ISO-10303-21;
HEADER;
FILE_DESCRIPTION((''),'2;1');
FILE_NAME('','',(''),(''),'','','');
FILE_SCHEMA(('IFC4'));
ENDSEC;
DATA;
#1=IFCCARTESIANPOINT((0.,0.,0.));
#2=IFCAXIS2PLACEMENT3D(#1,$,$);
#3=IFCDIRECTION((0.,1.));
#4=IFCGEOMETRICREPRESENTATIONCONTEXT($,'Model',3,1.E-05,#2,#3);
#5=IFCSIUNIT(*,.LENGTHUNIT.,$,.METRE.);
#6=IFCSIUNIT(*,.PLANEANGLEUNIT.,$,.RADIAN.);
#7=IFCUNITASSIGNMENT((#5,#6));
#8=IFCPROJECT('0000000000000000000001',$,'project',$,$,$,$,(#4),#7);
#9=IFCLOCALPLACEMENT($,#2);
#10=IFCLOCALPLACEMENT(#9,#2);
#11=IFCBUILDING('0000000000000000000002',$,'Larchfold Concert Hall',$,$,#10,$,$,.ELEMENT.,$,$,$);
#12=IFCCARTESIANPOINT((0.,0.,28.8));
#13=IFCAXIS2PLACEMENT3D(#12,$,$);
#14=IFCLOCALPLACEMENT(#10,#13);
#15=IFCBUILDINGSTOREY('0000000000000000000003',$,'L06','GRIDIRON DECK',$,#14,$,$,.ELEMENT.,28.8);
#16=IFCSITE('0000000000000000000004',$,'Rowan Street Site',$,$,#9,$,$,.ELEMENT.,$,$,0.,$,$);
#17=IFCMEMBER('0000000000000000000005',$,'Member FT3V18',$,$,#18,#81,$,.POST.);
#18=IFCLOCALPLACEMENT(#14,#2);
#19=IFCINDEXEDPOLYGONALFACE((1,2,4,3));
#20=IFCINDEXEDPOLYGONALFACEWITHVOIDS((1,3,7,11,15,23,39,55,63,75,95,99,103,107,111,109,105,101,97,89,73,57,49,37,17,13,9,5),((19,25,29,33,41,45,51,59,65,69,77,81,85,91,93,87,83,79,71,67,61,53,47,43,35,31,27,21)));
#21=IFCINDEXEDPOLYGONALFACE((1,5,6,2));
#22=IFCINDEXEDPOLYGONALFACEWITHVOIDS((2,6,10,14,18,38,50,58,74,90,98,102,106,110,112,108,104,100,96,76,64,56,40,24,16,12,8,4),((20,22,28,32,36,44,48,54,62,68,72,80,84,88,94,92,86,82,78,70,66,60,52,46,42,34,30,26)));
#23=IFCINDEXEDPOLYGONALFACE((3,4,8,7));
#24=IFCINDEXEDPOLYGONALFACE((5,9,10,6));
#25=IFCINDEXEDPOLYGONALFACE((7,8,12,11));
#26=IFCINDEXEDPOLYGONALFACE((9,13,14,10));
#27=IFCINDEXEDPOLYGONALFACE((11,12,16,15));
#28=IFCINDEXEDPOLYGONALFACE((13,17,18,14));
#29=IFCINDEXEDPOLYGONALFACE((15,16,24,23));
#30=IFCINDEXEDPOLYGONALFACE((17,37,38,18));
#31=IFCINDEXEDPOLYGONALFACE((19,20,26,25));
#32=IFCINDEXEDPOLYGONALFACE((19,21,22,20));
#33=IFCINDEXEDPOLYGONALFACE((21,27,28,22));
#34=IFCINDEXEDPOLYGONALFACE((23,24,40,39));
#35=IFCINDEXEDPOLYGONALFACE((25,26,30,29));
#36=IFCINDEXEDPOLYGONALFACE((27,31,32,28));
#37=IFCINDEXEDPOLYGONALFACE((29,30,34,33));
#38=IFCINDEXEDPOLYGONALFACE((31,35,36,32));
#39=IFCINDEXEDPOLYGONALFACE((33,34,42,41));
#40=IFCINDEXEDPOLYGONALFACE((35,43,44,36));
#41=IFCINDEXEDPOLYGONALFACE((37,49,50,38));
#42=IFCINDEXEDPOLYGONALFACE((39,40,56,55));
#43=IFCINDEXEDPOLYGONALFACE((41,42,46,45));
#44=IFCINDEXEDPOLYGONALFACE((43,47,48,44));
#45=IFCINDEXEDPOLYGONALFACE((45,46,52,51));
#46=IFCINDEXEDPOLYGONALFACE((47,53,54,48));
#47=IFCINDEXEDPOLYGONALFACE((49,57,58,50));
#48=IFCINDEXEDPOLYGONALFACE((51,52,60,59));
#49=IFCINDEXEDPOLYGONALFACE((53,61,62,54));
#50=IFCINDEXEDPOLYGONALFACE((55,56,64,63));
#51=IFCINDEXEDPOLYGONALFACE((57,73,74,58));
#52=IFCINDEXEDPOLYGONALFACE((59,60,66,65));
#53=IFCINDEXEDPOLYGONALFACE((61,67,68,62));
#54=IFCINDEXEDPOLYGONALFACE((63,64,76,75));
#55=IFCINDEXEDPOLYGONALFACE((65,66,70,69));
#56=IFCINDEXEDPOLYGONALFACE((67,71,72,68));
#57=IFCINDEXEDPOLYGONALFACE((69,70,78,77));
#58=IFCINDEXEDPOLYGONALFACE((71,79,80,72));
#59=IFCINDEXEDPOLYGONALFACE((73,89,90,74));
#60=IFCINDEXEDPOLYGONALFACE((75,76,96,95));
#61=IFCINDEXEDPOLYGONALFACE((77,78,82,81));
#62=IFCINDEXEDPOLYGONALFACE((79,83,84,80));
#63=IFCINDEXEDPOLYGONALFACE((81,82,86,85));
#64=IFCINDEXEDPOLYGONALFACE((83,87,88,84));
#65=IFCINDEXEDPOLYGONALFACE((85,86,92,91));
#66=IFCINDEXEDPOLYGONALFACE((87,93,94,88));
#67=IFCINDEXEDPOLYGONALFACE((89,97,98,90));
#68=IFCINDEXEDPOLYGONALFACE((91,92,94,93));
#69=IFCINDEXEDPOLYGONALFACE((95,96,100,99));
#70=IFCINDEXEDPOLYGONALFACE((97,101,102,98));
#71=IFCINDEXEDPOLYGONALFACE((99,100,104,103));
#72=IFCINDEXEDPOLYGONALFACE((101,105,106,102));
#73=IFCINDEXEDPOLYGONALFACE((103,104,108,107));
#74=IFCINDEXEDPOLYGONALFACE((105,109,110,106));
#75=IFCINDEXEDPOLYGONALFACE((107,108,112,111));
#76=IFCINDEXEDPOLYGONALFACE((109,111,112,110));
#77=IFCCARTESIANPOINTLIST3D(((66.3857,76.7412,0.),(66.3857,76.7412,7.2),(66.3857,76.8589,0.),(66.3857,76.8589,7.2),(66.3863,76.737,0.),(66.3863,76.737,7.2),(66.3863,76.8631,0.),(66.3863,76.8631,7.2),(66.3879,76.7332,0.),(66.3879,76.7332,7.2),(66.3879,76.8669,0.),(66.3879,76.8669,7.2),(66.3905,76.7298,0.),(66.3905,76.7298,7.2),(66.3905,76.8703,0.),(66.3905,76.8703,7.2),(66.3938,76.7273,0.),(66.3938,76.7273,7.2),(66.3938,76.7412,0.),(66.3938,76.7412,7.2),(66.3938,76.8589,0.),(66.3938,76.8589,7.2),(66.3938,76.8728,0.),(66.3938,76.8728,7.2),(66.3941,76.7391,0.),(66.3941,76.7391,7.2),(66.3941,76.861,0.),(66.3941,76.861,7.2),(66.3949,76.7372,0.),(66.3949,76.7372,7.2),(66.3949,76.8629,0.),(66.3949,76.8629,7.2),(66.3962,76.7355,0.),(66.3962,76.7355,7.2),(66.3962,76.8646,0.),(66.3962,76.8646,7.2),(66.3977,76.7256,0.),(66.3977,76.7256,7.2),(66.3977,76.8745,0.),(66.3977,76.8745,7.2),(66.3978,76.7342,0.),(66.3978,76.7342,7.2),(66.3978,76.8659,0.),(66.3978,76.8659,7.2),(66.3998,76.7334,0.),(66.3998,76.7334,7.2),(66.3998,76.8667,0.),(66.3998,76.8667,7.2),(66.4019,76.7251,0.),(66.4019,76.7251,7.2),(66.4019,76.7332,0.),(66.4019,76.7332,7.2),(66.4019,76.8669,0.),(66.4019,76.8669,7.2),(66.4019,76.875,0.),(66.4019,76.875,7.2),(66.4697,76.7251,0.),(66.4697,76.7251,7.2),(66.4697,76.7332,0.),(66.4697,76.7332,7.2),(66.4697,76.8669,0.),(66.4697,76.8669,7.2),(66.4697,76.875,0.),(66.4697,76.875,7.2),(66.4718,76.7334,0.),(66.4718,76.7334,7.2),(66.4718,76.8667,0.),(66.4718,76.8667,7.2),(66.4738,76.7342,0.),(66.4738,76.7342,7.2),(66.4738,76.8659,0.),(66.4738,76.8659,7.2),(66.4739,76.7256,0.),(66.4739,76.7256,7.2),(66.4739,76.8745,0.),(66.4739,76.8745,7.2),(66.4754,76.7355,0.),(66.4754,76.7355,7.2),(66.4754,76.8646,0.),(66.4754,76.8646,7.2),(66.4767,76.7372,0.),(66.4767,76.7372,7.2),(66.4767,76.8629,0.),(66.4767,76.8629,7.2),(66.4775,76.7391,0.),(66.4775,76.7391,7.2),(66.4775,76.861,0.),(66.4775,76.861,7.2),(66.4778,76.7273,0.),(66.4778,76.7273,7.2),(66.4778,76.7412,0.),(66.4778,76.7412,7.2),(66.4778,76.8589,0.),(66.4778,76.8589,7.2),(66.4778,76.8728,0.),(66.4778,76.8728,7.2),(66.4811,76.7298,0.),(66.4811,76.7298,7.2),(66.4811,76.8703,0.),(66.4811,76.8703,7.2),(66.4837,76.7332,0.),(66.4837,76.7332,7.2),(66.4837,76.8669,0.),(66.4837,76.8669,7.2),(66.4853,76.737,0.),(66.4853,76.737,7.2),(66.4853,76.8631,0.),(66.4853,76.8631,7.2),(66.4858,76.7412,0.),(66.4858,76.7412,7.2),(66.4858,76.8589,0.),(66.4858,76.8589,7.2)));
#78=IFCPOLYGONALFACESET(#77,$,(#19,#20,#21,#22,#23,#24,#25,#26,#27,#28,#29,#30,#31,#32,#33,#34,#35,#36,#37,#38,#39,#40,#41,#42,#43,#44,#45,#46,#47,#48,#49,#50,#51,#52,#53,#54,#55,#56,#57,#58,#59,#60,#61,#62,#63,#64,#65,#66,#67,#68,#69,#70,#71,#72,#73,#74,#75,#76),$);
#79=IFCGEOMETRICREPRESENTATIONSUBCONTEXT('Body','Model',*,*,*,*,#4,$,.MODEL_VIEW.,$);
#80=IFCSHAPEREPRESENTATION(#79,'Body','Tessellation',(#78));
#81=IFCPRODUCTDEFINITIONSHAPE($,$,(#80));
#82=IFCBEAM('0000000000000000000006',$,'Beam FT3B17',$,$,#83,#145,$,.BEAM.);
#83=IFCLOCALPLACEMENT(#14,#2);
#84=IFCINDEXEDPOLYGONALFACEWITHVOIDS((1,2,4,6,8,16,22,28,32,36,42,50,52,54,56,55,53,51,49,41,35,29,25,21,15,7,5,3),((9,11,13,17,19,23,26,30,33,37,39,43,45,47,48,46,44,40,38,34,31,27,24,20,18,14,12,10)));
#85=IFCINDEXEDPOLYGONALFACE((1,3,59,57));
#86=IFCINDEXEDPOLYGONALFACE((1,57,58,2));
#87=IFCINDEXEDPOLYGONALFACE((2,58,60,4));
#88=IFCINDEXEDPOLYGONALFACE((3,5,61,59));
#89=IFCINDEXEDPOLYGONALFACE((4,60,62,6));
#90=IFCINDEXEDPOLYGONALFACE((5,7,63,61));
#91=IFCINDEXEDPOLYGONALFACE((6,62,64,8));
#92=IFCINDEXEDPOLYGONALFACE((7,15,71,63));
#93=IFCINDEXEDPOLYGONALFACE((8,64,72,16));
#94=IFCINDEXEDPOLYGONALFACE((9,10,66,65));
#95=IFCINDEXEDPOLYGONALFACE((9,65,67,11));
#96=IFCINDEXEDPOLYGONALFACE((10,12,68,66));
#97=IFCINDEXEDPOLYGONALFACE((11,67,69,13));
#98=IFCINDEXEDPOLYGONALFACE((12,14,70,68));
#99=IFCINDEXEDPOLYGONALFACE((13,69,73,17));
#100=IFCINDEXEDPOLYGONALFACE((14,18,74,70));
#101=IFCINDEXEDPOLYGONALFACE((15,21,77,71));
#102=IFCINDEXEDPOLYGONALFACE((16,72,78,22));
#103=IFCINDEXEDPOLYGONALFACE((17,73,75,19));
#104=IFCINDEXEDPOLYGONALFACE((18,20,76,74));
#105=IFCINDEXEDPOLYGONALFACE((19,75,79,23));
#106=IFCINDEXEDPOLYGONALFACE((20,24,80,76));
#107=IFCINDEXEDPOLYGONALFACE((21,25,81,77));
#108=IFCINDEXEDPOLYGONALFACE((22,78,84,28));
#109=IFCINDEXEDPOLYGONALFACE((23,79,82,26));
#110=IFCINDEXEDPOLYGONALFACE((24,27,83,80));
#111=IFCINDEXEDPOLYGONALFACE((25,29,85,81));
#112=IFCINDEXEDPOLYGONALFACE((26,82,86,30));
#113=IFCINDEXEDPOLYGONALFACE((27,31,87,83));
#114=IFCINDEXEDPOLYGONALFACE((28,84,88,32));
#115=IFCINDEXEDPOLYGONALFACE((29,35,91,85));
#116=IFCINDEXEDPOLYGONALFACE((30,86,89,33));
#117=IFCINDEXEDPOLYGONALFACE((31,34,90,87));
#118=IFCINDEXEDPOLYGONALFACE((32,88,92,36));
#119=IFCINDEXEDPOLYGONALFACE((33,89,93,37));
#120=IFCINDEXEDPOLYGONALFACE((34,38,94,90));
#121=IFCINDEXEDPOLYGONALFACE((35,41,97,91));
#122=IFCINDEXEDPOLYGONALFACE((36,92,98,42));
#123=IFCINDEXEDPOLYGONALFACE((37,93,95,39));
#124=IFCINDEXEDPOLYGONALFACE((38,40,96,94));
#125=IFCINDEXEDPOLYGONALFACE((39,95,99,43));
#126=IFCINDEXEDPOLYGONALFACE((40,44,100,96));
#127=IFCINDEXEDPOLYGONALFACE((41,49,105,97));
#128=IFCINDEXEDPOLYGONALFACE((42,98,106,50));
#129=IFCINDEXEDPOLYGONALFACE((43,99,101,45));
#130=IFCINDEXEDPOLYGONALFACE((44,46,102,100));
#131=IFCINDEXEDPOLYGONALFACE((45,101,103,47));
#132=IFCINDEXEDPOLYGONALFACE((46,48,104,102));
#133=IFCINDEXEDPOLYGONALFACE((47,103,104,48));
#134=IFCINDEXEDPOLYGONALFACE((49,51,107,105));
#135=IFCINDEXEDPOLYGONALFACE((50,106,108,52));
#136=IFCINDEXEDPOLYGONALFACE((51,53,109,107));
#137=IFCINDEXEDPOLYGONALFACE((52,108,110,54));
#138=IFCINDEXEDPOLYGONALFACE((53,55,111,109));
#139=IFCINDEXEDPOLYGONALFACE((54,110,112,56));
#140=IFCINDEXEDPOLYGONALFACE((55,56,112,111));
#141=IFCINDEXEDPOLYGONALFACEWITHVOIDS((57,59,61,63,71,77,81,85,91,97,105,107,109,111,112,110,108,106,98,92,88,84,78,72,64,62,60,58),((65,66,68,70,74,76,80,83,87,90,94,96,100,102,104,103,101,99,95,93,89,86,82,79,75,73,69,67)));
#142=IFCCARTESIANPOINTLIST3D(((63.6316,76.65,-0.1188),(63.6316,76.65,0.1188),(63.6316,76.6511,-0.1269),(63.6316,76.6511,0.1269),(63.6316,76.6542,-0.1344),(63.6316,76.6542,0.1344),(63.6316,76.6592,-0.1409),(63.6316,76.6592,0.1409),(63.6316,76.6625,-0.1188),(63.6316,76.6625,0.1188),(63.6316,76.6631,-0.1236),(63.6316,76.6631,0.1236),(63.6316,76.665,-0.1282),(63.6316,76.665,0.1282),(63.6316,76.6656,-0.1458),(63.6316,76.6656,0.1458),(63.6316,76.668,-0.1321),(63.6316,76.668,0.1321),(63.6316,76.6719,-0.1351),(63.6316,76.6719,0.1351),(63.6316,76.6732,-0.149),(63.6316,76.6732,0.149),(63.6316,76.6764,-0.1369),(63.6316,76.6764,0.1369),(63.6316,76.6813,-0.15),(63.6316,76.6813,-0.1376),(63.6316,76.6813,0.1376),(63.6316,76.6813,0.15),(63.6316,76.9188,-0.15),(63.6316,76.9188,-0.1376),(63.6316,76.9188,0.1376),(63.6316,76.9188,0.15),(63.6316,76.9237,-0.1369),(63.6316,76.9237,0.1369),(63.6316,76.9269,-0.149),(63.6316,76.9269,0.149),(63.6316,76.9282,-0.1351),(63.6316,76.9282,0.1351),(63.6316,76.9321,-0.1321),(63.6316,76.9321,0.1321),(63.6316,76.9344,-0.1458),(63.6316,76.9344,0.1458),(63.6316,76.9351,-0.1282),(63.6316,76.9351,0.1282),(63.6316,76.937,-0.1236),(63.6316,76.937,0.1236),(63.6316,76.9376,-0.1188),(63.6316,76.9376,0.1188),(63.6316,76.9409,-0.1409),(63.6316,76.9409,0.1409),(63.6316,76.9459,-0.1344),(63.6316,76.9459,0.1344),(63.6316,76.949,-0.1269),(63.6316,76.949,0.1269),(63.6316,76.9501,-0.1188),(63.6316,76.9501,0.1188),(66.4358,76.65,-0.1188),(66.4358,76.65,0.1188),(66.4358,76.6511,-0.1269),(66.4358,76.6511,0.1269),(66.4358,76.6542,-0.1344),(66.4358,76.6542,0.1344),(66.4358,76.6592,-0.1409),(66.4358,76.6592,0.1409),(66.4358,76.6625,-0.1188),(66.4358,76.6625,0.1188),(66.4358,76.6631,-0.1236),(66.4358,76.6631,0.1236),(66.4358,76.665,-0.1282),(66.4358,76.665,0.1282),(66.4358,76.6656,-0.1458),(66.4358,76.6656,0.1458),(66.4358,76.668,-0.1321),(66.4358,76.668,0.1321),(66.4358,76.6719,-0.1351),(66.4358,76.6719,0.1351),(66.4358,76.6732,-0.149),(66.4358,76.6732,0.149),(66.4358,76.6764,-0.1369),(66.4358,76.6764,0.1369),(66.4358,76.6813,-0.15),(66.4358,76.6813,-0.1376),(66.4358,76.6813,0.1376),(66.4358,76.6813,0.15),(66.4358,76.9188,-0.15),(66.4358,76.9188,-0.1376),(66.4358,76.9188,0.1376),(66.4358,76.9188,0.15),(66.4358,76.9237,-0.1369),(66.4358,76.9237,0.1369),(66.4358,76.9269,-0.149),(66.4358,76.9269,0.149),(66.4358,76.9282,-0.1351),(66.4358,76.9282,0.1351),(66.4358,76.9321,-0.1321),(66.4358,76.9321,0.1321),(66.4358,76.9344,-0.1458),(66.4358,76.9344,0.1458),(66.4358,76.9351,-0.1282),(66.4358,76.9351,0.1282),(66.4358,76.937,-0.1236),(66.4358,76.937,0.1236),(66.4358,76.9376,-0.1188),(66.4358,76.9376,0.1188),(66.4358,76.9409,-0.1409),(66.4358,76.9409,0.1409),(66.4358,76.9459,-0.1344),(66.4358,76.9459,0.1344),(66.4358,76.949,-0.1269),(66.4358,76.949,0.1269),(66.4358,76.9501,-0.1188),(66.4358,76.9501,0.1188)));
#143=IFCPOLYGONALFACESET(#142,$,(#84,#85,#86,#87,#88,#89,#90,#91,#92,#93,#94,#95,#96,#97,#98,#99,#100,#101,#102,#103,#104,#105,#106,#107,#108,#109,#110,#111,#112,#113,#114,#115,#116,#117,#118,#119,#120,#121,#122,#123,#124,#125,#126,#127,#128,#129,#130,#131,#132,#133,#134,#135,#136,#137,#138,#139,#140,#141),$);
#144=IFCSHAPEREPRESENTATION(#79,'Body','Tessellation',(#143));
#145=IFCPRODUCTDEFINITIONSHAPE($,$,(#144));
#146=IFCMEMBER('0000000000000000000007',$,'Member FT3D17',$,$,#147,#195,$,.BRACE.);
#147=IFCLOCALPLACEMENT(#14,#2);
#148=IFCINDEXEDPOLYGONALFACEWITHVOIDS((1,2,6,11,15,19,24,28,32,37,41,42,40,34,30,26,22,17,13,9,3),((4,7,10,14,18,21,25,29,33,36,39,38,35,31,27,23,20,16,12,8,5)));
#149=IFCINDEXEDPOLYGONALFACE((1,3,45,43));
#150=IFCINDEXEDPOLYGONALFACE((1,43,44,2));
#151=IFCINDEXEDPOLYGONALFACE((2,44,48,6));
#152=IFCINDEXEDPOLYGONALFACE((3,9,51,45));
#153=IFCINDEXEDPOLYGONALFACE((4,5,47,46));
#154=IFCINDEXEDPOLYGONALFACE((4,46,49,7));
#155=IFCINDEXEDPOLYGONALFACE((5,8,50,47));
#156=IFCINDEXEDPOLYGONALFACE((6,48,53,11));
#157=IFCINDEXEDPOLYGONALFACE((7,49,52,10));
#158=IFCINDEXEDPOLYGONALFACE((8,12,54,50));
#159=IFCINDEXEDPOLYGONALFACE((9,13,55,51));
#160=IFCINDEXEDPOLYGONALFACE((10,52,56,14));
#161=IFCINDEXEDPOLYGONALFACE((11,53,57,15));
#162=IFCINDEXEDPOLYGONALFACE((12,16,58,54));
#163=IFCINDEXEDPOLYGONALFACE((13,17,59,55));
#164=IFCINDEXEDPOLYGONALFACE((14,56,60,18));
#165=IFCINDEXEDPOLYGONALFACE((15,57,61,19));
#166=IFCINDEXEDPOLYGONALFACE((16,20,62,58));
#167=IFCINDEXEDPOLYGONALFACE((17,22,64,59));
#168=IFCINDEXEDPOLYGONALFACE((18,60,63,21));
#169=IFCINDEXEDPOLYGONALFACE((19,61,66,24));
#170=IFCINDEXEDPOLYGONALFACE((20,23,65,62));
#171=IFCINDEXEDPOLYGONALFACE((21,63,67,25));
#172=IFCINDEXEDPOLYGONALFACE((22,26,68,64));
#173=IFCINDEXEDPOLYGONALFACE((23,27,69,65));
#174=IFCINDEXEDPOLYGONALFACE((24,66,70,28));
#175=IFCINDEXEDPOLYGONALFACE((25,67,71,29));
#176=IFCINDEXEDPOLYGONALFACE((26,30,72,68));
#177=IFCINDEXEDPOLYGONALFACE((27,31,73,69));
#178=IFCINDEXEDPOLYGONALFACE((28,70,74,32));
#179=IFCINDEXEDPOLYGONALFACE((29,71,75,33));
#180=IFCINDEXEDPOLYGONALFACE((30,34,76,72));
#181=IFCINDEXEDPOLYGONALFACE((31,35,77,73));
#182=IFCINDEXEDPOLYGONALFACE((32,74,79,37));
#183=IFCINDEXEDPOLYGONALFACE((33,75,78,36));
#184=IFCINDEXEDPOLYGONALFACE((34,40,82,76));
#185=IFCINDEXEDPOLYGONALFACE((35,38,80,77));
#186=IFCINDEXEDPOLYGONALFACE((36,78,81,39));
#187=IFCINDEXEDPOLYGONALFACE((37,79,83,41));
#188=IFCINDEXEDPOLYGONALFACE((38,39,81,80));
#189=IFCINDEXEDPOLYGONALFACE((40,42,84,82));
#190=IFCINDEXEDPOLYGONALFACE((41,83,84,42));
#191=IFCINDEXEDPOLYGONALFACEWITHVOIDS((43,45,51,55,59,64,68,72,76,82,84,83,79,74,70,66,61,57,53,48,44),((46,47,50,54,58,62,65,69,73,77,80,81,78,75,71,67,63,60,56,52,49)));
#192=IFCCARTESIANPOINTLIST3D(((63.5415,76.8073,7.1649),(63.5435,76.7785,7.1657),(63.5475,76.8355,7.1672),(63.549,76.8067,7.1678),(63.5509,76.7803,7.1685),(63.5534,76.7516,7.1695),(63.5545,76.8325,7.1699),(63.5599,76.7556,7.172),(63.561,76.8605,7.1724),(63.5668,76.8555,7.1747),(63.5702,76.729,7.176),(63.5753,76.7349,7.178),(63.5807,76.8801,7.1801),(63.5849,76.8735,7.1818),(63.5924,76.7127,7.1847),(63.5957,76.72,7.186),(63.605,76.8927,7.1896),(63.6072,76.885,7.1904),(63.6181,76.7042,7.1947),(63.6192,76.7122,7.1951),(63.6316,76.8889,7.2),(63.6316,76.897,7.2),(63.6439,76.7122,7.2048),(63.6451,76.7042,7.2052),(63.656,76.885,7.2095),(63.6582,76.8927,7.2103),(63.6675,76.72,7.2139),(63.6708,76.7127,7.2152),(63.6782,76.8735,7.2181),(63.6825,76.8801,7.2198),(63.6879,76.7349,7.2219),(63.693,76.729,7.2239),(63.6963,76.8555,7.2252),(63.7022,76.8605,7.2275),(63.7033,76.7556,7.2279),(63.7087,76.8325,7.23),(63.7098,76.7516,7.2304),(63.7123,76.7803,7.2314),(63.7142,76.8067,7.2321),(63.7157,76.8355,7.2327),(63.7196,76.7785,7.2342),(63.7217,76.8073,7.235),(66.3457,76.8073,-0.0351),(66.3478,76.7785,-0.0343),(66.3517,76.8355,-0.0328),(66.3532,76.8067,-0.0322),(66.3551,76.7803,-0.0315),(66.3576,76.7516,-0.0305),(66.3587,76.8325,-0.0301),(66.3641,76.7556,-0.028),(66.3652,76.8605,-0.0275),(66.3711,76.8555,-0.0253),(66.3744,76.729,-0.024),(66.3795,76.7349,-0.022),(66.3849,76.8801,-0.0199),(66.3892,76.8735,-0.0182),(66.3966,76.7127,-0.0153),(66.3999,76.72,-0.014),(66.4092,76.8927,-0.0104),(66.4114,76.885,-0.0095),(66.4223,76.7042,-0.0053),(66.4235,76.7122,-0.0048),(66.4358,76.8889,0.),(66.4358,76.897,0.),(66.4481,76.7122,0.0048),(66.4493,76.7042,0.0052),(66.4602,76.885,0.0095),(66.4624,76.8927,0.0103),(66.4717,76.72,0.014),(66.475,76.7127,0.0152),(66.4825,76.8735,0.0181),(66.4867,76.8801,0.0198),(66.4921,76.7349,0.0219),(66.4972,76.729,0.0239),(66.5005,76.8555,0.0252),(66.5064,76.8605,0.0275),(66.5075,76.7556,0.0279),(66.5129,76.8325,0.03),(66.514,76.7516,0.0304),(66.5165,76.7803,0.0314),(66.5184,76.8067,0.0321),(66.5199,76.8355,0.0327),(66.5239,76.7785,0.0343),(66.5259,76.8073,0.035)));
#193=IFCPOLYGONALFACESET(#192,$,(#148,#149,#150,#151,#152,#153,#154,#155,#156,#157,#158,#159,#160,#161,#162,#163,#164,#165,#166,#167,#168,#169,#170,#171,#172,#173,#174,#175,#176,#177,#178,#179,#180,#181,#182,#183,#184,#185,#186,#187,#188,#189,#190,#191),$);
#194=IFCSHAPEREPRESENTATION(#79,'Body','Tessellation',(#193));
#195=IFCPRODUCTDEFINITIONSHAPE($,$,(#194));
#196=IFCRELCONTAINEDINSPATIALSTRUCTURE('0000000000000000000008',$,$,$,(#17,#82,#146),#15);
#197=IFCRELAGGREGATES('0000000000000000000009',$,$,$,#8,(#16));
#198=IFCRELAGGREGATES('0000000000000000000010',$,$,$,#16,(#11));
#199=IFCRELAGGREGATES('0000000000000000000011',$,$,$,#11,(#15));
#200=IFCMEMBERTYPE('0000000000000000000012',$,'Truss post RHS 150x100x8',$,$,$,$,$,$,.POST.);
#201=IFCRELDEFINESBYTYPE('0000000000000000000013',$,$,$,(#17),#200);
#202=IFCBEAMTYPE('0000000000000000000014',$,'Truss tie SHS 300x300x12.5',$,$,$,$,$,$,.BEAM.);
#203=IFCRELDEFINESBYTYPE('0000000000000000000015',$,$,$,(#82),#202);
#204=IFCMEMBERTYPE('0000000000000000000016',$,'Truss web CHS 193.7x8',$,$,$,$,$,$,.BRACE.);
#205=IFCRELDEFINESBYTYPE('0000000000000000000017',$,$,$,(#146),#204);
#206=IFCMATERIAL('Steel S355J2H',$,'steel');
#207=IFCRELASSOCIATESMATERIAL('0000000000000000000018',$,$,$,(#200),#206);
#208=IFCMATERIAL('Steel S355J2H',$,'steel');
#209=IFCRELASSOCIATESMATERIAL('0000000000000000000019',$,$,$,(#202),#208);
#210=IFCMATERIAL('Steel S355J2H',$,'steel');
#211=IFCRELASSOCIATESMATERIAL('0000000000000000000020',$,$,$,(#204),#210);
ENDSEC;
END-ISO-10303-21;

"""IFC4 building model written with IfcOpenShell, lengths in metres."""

from ifc_helpers import new_model, si_unit, direction, frame, origin, origin_2d, place, context, subcontext, project, spatial, hollow_rectangle, hollow_circle, extrude, material, material_profile, profile_set, type_object, element, save


model = new_model("IFC4")

# Units and contexts
model_context = context("Model", 3, precision=1e-05, world=origin(), true_north=direction((0.0, 1.0)))
body_context = subcontext(model_context, "Body", "Model", "MODEL_VIEW")
ifc_project = project(units=[si_unit("LENGTHUNIT", "METRE"), si_unit("PLANEANGLEUNIT", "RADIAN")], contexts=[model_context])

# Site, building, storey
site_placement = place(None, origin())
site = spatial("IfcSite", under=ifc_project, at=site_placement, Name="Rowan Street Site", CompositionType="ELEMENT", RefElevation=0.0)
building_placement = place(site_placement, origin())
building = spatial("IfcBuilding", under=site, at=building_placement, Name="Larchfold Concert Hall", CompositionType="ELEMENT")
storey_placement = place(building_placement, frame((0.0, 0.0, 28.8)))
storey = spatial("IfcBuildingStorey", under=building, at=storey_placement, Name="L06", Description="GRIDIRON DECK", CompositionType="ELEMENT", Elevation=28.8)

# Member
ifc_material_1 = material(Name="Steel S355J2H", Category="steel")
ifc_material_profile_1 = material_profile(ifc_material_1, hollow_rectangle(XDim=0.1001, YDim=0.1499, WallThickness=0.0081, InnerFilletRadius=0.0081, OuterFilletRadius=0.0161, at=origin_2d()))
ifc_profile_set_1 = profile_set([ifc_material_profile_1], Name="Steel S355J2H")
member_type_1 = type_object("IfcMemberType", Name="Truss post RHS 150x100x8", PredefinedType="POST", material=ifc_profile_set_1)
for number, where, z_axis, x_axis, name in (
    (1, (66.4358, 76.8, 7.2), (0.0, 0.0, -1.0), (1.0, 0.0, 0.0), "Member FT3V18"),
):
    element("IfcMember", number, at=place(storey_placement, frame(where, z_axis=z_axis, x_axis=x_axis)), inside=storey, type_object=member_type_1, Name=name, PredefinedType="POST", context=body_context, shape_type="SweptSolid", body=[
        extrude(hollow_rectangle(XDim=0.1001, YDim=0.1499, WallThickness=0.0081, InnerFilletRadius=0.0081, OuterFilletRadius=0.0161, at=origin_2d()), origin(), (0.0, 0.0, 1.0), 7.2),
    ])

# Beam
ifc_material_2 = material(Name="Steel S355J2H", Category="steel")
ifc_material_profile_2 = material_profile(ifc_material_2, hollow_rectangle(XDim=0.3, YDim=0.3, WallThickness=0.0125, InnerFilletRadius=0.0188, OuterFilletRadius=0.0312, at=origin_2d()))
ifc_profile_set_2 = profile_set([ifc_material_profile_2], Name="Steel S355J2H")
beam_type_1 = type_object("IfcBeamType", Name="Truss tie SHS 300x300x12.5", PredefinedType="BEAM", material=ifc_profile_set_2)
beam_1_placement = place(storey_placement, frame((63.6316, 76.8, 0.0), z_axis=(1.0, 0.0, 0.0), x_axis=(0.0, 1.0, 0.0)))
element("IfcBeam", 2, at=beam_1_placement, inside=storey, type_object=beam_type_1, Name="Beam FT3B17", PredefinedType="BEAM", context=body_context, shape_type="SweptSolid", body=[
    extrude(hollow_rectangle(XDim=0.3, YDim=0.3, WallThickness=0.0125, InnerFilletRadius=0.0188, OuterFilletRadius=0.0312, at=origin_2d()), origin(), (0.0, 0.0, 1.0), 2.8042),
])

# Member
ifc_material_3 = material(Name="Steel S355J2H", Category="steel")
ifc_material_profile_3 = material_profile(ifc_material_3, hollow_circle(Radius=0.0969, WallThickness=0.0081, at=origin_2d()))
ifc_profile_set_3 = profile_set([ifc_material_profile_3], Name="Steel S355J2H")
member_type_2 = type_object("IfcMemberType", Name="Truss web CHS 193.7x8", PredefinedType="BRACE", material=ifc_profile_set_3)
member_1_placement = place(storey_placement, frame((63.6316, 76.8, 7.2), z_axis=(0.36292, 0.0, -0.93182), x_axis=(0.0, 1.0, 0.0)))
element("IfcMember", 3, at=member_1_placement, inside=storey, type_object=member_type_2, Name="Member FT3D17", PredefinedType="BRACE", context=body_context, shape_type="SweptSolid", body=[
    extrude(hollow_circle(Radius=0.0969, WallThickness=0.0081, at=origin_2d()), origin(), (0.0, 0.0, 1.0), 7.7268),
])

save(model, "model.ifc")
